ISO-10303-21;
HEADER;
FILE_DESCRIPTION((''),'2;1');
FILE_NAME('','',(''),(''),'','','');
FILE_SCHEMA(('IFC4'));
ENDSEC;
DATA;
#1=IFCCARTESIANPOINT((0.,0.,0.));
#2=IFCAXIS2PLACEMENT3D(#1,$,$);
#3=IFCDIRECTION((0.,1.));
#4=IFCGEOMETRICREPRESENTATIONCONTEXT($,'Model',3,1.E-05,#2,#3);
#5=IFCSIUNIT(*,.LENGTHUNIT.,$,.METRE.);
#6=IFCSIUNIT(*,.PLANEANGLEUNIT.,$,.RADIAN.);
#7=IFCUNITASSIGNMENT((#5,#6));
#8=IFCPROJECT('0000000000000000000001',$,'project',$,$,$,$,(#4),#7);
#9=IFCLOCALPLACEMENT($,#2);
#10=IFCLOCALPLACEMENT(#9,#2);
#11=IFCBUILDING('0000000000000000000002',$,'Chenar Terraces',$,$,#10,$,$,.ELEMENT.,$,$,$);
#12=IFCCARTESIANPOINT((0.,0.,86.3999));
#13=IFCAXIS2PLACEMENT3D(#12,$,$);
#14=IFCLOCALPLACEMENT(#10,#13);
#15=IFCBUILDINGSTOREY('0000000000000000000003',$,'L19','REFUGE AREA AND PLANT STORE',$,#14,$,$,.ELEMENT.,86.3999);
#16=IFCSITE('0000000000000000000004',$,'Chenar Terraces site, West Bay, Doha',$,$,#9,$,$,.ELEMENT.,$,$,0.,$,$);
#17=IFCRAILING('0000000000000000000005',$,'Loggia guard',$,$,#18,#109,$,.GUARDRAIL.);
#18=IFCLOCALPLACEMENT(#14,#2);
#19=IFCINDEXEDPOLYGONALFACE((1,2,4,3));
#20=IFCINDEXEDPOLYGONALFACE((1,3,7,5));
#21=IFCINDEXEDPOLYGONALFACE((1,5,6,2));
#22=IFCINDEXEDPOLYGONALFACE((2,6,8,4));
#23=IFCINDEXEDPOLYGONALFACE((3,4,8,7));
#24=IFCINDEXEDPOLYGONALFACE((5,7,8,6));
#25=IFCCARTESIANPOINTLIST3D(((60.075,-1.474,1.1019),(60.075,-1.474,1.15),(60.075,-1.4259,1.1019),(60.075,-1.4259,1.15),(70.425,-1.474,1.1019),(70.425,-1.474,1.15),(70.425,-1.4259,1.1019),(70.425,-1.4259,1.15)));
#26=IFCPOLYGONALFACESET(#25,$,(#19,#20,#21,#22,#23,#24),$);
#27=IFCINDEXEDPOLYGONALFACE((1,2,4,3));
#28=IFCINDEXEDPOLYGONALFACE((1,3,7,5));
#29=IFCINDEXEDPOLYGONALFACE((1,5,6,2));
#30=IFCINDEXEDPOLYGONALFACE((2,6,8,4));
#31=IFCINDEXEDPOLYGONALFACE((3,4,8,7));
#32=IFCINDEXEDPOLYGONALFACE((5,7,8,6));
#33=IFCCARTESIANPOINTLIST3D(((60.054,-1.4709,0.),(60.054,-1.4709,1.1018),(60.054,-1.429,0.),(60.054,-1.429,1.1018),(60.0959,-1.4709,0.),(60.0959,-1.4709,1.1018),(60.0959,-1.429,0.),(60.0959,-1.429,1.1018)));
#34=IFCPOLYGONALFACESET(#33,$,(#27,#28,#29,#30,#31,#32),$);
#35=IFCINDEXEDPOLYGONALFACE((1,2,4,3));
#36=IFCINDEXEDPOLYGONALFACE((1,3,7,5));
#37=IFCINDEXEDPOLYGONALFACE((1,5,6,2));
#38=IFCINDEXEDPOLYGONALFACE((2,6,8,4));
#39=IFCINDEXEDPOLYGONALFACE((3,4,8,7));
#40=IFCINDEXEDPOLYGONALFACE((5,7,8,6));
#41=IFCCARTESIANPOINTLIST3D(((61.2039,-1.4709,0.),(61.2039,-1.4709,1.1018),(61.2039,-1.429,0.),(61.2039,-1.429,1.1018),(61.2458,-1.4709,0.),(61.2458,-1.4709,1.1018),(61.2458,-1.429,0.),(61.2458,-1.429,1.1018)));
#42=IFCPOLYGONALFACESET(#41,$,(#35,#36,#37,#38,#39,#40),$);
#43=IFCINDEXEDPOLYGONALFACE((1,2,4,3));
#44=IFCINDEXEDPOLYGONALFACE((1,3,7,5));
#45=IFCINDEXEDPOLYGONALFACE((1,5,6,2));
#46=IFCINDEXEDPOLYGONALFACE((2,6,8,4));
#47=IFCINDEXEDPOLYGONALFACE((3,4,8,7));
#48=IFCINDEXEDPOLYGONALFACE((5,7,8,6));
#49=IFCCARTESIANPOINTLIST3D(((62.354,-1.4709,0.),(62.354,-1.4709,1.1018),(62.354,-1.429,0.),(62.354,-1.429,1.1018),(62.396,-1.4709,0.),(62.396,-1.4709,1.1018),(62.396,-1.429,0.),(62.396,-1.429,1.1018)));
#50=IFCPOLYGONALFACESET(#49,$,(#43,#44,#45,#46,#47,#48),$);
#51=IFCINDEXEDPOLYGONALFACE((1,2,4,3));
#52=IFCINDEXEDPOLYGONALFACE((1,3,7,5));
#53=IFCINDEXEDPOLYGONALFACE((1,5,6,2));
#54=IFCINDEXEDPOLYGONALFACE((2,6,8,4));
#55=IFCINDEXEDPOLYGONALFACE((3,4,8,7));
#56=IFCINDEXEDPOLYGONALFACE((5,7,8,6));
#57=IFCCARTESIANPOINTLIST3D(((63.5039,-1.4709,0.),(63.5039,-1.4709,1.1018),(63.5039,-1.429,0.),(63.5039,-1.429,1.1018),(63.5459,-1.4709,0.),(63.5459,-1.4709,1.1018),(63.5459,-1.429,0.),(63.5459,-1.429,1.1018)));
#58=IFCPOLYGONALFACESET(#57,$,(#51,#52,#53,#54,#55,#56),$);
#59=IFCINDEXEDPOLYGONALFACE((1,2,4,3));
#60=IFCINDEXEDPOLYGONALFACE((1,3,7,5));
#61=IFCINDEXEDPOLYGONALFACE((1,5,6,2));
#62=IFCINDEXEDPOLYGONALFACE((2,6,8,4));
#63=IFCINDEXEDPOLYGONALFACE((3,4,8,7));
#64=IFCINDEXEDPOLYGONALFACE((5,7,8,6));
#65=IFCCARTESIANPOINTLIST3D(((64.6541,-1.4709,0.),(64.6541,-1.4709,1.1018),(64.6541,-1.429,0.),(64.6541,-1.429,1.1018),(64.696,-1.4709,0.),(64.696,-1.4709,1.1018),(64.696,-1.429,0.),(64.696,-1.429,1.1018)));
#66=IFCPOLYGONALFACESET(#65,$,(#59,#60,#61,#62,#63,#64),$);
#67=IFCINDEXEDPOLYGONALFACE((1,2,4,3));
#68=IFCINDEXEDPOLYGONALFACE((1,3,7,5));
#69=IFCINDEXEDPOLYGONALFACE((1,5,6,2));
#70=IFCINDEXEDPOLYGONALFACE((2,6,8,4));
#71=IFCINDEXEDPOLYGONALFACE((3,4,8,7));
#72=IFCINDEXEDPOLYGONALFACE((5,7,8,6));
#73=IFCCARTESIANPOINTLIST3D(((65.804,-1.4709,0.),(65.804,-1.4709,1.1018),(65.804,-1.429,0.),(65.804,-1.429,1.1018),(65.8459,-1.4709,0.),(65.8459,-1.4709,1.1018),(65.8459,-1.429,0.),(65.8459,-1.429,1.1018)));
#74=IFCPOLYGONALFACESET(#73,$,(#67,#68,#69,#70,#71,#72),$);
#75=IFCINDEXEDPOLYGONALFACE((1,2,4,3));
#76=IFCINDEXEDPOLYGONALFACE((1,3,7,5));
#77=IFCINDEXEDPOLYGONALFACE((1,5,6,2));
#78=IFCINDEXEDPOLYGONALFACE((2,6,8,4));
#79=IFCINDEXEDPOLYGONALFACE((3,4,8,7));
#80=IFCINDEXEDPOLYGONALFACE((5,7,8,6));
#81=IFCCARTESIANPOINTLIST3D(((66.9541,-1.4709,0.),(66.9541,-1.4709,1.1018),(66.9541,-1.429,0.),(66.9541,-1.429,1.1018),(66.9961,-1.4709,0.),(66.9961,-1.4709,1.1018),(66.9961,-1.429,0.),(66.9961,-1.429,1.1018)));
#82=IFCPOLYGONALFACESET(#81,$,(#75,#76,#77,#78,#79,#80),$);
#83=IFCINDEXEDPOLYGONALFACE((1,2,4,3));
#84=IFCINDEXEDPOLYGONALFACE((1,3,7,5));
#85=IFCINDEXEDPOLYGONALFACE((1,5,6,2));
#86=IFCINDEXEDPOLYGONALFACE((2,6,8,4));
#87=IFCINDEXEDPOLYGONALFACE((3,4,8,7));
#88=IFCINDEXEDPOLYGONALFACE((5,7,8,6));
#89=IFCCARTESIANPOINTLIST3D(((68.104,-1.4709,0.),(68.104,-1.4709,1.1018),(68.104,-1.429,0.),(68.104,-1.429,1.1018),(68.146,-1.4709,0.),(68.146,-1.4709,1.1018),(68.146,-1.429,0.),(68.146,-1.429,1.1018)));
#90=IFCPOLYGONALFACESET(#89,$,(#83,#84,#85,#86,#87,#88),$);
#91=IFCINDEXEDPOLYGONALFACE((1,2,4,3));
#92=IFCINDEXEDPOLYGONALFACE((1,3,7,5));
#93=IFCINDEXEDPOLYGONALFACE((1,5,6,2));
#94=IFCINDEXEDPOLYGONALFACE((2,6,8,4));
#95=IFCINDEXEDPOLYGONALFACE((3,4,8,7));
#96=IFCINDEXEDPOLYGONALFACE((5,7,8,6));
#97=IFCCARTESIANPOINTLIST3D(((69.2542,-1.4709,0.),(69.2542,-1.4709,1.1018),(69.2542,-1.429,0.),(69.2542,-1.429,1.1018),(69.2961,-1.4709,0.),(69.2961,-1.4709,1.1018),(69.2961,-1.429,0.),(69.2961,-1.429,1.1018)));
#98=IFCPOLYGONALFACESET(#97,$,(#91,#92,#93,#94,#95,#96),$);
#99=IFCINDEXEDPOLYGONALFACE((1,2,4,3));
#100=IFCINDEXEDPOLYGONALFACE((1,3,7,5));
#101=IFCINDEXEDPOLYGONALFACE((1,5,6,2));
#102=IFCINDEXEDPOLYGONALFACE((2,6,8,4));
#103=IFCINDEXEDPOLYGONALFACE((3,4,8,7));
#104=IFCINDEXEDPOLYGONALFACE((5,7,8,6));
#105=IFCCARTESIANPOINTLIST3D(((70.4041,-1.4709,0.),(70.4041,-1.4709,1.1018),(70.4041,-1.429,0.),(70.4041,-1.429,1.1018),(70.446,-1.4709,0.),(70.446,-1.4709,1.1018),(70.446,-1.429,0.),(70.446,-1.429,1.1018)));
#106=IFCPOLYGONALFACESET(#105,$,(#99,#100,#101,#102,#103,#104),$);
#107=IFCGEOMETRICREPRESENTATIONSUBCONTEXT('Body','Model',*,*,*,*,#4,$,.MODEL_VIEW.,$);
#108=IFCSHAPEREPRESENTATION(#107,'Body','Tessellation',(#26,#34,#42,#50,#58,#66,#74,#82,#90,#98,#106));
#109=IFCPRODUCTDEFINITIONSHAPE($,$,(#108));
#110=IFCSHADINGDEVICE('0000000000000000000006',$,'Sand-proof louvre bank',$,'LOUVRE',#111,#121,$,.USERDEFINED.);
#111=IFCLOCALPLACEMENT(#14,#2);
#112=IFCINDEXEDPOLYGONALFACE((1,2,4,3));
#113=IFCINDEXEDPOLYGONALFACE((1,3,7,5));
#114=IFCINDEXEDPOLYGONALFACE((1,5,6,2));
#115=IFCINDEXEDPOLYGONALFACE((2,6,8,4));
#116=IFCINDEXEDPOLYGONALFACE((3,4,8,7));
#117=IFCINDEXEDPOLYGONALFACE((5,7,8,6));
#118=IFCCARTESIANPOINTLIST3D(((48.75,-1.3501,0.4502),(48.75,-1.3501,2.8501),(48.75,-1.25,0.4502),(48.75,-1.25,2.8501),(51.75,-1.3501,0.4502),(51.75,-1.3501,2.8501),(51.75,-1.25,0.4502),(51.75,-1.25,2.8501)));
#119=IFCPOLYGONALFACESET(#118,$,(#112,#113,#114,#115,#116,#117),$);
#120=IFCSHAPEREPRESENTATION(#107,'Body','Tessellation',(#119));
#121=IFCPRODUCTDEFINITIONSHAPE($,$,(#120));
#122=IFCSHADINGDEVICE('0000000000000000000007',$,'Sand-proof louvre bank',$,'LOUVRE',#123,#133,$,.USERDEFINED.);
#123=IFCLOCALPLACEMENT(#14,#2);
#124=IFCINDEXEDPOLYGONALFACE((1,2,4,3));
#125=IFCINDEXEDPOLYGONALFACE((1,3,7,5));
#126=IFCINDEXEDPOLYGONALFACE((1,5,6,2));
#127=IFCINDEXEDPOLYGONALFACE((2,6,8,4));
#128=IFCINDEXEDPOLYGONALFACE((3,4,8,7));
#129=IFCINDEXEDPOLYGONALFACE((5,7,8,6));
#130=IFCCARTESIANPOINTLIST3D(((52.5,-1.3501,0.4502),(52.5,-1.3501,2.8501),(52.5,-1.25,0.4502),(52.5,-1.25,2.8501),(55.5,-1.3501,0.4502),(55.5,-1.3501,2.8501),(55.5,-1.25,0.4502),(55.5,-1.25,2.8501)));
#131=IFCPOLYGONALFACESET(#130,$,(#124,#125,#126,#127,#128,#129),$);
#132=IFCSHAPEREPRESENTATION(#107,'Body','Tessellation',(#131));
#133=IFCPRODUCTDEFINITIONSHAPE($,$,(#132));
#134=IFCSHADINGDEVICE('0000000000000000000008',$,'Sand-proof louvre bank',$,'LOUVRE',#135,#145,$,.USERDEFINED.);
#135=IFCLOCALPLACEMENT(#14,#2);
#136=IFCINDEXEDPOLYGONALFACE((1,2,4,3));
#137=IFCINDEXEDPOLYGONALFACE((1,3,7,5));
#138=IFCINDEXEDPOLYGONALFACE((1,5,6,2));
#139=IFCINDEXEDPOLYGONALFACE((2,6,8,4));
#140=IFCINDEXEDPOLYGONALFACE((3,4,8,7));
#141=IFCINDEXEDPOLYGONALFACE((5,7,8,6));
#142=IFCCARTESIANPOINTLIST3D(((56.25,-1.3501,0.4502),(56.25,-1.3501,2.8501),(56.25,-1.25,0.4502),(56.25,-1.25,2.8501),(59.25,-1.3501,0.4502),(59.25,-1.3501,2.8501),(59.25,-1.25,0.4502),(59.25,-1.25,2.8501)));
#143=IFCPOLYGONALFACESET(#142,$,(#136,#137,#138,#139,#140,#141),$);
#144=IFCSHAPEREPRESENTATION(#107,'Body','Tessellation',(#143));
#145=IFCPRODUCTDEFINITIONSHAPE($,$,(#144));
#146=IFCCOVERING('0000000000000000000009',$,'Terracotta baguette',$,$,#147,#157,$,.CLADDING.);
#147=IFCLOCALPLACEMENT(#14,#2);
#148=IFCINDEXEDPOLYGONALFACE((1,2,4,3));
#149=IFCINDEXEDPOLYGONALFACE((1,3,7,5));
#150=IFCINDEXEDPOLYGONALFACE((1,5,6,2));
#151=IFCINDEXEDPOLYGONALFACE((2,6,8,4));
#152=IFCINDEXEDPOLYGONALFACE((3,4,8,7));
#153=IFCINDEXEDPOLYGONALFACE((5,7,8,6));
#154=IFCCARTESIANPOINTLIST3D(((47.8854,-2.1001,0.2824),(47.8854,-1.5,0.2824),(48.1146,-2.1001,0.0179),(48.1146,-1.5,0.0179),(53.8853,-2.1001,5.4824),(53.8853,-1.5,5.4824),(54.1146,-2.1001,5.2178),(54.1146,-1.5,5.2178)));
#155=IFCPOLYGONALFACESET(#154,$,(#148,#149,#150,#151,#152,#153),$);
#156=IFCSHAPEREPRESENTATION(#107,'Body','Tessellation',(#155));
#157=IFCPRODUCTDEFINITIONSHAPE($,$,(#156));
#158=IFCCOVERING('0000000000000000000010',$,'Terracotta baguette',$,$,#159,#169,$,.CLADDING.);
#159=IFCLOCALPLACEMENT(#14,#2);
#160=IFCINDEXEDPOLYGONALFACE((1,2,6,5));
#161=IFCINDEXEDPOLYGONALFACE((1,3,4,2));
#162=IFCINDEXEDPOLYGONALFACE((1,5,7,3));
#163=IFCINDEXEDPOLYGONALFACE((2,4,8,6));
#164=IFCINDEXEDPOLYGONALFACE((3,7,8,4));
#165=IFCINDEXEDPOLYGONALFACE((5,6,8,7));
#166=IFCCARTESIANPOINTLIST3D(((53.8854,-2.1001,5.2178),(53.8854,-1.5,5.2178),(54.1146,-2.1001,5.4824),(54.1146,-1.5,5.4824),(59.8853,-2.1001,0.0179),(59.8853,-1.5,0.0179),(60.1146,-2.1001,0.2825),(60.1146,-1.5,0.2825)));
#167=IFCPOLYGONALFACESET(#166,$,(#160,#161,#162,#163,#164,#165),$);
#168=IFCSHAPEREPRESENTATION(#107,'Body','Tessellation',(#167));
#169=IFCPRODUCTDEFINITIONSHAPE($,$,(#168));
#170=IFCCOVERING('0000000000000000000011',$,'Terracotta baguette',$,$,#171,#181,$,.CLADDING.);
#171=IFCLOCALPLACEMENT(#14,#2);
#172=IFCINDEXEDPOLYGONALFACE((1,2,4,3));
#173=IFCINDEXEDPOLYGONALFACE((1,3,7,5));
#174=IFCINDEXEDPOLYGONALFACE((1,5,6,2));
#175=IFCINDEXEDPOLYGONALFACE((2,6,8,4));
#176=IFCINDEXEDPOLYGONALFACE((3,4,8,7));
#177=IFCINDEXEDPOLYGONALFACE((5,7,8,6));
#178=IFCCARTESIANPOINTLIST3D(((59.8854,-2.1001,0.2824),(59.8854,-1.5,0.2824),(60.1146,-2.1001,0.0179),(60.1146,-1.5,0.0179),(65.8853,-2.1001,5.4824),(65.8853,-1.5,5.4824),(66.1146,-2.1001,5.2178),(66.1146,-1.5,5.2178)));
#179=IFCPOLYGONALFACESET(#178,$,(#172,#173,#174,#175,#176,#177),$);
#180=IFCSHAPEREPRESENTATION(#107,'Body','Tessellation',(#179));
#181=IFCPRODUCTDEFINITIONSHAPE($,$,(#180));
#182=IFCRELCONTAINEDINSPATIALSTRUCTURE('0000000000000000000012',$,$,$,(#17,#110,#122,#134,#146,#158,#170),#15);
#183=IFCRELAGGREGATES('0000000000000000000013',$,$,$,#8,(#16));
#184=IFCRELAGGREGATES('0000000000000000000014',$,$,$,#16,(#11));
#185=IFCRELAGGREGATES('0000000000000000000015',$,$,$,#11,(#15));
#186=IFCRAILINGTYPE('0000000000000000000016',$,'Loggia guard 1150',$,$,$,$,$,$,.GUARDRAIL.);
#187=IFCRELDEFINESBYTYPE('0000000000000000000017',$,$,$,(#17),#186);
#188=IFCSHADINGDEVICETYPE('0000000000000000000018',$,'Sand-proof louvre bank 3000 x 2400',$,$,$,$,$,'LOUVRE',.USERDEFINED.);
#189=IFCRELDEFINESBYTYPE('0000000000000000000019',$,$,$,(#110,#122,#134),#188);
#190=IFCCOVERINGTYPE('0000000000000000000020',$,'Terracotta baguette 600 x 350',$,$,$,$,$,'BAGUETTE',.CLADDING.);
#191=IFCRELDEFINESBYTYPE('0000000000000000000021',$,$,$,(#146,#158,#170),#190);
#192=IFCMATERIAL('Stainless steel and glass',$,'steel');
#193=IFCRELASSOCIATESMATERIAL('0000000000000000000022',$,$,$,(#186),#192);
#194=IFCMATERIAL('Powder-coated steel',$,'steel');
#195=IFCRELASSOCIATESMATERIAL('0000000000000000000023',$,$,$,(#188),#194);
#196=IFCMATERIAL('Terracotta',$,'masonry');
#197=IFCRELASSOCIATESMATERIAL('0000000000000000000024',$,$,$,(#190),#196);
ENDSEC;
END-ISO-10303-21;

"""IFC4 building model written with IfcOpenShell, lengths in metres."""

from ifc_helpers import new_model, si_unit, direction, frame, origin, origin_2d, place, context, subcontext, project, spatial, rectangle, extrude, material, material_profile, profile_set, type_object, element, save


model = new_model("IFC4")

# Units and contexts
model_context = context("Model", 3, precision=1e-05, world=origin(), true_north=direction((0.0, 1.0)))
body_context = subcontext(model_context, "Body", "Model", "MODEL_VIEW")
ifc_project = project(units=[si_unit("LENGTHUNIT", "METRE"), si_unit("PLANEANGLEUNIT", "RADIAN")], contexts=[model_context])

# Site, building, storey
site_placement = place(None, origin())
site = spatial("IfcSite", under=ifc_project, at=site_placement, Name="Chenar Terraces site, West Bay, Doha", CompositionType="ELEMENT", RefElevation=0.0)
building_placement = place(site_placement, origin())
building = spatial("IfcBuilding", under=site, at=building_placement, Name="Chenar Terraces", CompositionType="ELEMENT")
storey_placement = place(building_placement, frame((0.0, 0.0, 86.3999)))
storey = spatial("IfcBuildingStorey", under=building, at=storey_placement, Name="L19", Description="REFUGE AREA AND PLANT STORE", CompositionType="ELEMENT", Elevation=86.3999)

# Railing
ifc_material_1 = material(Name="Stainless steel and glass", Category="steel")
railing_type = type_object("IfcRailingType", Name="Loggia guard 1150", PredefinedType="GUARDRAIL", material=ifc_material_1)
railing_placement = place(storey_placement, frame((60.075, -1.45, 0.0)))
element("IfcRailing", 1, at=railing_placement, inside=storey, type_object=railing_type, Name="Loggia guard", PredefinedType="GUARDRAIL", context=body_context, shape_type="SweptSolid", body=[
    extrude(rectangle(XDim=0.0481, YDim=0.0481, at=origin_2d()), frame((0.0, 0.0, 1.126), z_axis=(1.0, 0.0, 0.0), x_axis=(0.0, 1.0, 0.0)), (0.0, 0.0, 1.0), 10.3501),
    extrude(rectangle(XDim=0.042, YDim=0.042, at=origin_2d()), origin(), (0.0, 0.0, 1.0), 1.1018),
    extrude(rectangle(XDim=0.042, YDim=0.042, at=origin_2d()), frame((1.1499, 0.0, 0.0)), (0.0, 0.0, 1.0), 1.1018),
    extrude(rectangle(XDim=0.042, YDim=0.042, at=origin_2d()), frame((2.3, 0.0, 0.0)), (0.0, 0.0, 1.0), 1.1018),
    extrude(rectangle(XDim=0.042, YDim=0.042, at=origin_2d()), frame((3.45, 0.0, 0.0)), (0.0, 0.0, 1.0), 1.1018),
    extrude(rectangle(XDim=0.042, YDim=0.042, at=origin_2d()), frame((4.6001, 0.0, 0.0)), (0.0, 0.0, 1.0), 1.1018),
    extrude(rectangle(XDim=0.042, YDim=0.042, at=origin_2d()), frame((5.75, 0.0, 0.0)), (0.0, 0.0, 1.0), 1.1018),
    extrude(rectangle(XDim=0.042, YDim=0.042, at=origin_2d()), frame((6.9001, 0.0, 0.0)), (0.0, 0.0, 1.0), 1.1018),
    extrude(rectangle(XDim=0.042, YDim=0.042, at=origin_2d()), frame((8.05, 0.0, 0.0)), (0.0, 0.0, 1.0), 1.1018),
    extrude(rectangle(XDim=0.042, YDim=0.042, at=origin_2d()), frame((9.2002, 0.0, 0.0)), (0.0, 0.0, 1.0), 1.1018),
    extrude(rectangle(XDim=0.042, YDim=0.042, at=origin_2d()), frame((10.3501, 0.0, 0.0)), (0.0, 0.0, 1.0), 1.1018),
])

# Shading devices
ifc_material_2 = material(Name="Powder-coated steel", Category="steel")
shading_device_type = type_object("IfcShadingDeviceType", Name="Sand-proof louvre bank 3000 x 2400", ElementType="LOUVRE", PredefinedType="USERDEFINED", material=ifc_material_2)
for number, where, z_axis, x_axis, name in (
    (2, (50.25, -1.3, 0.4502), (0.0, 0.0, 1.0), (1.0, 0.0, 0.0), "Sand-proof louvre bank"),
    (3, (54.0, -1.3, 0.4502), (0.0, 0.0, 1.0), (1.0, 0.0, 0.0), "Sand-proof louvre bank"),
    (4, (57.75, -1.3, 0.4502), (0.0, 0.0, 1.0), (1.0, 0.0, 0.0), "Sand-proof louvre bank"),
):
    element("IfcShadingDevice", number, at=place(storey_placement, frame(where, z_axis=z_axis, x_axis=x_axis)), inside=storey, type_object=shading_device_type, Name=name, ObjectType="LOUVRE", PredefinedType="USERDEFINED", context=body_context, shape_type="SweptSolid", body=[
        extrude(rectangle(XDim=3.0, YDim=0.1001, at=origin_2d()), origin(), (0.0, 0.0, 1.0), 2.3999),
    ])

# Coverings
ifc_material_3 = material(Name="Terracotta", Category="masonry")
ifc_material_profile_1 = material_profile(ifc_material_3, rectangle(XDim=0.6001, YDim=0.3501, at=origin_2d()), Name="Terracotta baguette 600 x 350")
ifc_profile_set_1 = profile_set([ifc_material_profile_1], Name="Terracotta")
covering_type = type_object("IfcCoveringType", Name="Terracotta baguette 600 x 350", ElementType="BAGUETTE", PredefinedType="CLADDING", material=ifc_profile_set_1)
for number, where, z_axis, x_axis, name in (
    (5, (48.0, -1.8, 0.1501), (0.755692, 0.0, 0.654927), (0.0, 1.0, 0.0), "Terracotta baguette"),
    (6, (54.0, -1.8, 5.3501), (0.755692, 0.0, -0.654927), (0.0, 1.0, 0.0), "Terracotta baguette"),
    (7, (60.0, -1.8, 0.1501), (0.755692, 0.0, 0.654927), (0.0, 1.0, 0.0), "Terracotta baguette"),
):
    element("IfcCovering", number, at=place(storey_placement, frame(where, z_axis=z_axis, x_axis=x_axis)), inside=storey, type_object=covering_type, Name=name, PredefinedType="CLADDING", context=body_context, shape_type="SweptSolid", body=[
        extrude(rectangle(XDim=0.6001, YDim=0.3501, at=origin_2d()), origin(), (0.0, 0.0, 1.0), 7.9397),
    ])

save(model, "model.ifc")
